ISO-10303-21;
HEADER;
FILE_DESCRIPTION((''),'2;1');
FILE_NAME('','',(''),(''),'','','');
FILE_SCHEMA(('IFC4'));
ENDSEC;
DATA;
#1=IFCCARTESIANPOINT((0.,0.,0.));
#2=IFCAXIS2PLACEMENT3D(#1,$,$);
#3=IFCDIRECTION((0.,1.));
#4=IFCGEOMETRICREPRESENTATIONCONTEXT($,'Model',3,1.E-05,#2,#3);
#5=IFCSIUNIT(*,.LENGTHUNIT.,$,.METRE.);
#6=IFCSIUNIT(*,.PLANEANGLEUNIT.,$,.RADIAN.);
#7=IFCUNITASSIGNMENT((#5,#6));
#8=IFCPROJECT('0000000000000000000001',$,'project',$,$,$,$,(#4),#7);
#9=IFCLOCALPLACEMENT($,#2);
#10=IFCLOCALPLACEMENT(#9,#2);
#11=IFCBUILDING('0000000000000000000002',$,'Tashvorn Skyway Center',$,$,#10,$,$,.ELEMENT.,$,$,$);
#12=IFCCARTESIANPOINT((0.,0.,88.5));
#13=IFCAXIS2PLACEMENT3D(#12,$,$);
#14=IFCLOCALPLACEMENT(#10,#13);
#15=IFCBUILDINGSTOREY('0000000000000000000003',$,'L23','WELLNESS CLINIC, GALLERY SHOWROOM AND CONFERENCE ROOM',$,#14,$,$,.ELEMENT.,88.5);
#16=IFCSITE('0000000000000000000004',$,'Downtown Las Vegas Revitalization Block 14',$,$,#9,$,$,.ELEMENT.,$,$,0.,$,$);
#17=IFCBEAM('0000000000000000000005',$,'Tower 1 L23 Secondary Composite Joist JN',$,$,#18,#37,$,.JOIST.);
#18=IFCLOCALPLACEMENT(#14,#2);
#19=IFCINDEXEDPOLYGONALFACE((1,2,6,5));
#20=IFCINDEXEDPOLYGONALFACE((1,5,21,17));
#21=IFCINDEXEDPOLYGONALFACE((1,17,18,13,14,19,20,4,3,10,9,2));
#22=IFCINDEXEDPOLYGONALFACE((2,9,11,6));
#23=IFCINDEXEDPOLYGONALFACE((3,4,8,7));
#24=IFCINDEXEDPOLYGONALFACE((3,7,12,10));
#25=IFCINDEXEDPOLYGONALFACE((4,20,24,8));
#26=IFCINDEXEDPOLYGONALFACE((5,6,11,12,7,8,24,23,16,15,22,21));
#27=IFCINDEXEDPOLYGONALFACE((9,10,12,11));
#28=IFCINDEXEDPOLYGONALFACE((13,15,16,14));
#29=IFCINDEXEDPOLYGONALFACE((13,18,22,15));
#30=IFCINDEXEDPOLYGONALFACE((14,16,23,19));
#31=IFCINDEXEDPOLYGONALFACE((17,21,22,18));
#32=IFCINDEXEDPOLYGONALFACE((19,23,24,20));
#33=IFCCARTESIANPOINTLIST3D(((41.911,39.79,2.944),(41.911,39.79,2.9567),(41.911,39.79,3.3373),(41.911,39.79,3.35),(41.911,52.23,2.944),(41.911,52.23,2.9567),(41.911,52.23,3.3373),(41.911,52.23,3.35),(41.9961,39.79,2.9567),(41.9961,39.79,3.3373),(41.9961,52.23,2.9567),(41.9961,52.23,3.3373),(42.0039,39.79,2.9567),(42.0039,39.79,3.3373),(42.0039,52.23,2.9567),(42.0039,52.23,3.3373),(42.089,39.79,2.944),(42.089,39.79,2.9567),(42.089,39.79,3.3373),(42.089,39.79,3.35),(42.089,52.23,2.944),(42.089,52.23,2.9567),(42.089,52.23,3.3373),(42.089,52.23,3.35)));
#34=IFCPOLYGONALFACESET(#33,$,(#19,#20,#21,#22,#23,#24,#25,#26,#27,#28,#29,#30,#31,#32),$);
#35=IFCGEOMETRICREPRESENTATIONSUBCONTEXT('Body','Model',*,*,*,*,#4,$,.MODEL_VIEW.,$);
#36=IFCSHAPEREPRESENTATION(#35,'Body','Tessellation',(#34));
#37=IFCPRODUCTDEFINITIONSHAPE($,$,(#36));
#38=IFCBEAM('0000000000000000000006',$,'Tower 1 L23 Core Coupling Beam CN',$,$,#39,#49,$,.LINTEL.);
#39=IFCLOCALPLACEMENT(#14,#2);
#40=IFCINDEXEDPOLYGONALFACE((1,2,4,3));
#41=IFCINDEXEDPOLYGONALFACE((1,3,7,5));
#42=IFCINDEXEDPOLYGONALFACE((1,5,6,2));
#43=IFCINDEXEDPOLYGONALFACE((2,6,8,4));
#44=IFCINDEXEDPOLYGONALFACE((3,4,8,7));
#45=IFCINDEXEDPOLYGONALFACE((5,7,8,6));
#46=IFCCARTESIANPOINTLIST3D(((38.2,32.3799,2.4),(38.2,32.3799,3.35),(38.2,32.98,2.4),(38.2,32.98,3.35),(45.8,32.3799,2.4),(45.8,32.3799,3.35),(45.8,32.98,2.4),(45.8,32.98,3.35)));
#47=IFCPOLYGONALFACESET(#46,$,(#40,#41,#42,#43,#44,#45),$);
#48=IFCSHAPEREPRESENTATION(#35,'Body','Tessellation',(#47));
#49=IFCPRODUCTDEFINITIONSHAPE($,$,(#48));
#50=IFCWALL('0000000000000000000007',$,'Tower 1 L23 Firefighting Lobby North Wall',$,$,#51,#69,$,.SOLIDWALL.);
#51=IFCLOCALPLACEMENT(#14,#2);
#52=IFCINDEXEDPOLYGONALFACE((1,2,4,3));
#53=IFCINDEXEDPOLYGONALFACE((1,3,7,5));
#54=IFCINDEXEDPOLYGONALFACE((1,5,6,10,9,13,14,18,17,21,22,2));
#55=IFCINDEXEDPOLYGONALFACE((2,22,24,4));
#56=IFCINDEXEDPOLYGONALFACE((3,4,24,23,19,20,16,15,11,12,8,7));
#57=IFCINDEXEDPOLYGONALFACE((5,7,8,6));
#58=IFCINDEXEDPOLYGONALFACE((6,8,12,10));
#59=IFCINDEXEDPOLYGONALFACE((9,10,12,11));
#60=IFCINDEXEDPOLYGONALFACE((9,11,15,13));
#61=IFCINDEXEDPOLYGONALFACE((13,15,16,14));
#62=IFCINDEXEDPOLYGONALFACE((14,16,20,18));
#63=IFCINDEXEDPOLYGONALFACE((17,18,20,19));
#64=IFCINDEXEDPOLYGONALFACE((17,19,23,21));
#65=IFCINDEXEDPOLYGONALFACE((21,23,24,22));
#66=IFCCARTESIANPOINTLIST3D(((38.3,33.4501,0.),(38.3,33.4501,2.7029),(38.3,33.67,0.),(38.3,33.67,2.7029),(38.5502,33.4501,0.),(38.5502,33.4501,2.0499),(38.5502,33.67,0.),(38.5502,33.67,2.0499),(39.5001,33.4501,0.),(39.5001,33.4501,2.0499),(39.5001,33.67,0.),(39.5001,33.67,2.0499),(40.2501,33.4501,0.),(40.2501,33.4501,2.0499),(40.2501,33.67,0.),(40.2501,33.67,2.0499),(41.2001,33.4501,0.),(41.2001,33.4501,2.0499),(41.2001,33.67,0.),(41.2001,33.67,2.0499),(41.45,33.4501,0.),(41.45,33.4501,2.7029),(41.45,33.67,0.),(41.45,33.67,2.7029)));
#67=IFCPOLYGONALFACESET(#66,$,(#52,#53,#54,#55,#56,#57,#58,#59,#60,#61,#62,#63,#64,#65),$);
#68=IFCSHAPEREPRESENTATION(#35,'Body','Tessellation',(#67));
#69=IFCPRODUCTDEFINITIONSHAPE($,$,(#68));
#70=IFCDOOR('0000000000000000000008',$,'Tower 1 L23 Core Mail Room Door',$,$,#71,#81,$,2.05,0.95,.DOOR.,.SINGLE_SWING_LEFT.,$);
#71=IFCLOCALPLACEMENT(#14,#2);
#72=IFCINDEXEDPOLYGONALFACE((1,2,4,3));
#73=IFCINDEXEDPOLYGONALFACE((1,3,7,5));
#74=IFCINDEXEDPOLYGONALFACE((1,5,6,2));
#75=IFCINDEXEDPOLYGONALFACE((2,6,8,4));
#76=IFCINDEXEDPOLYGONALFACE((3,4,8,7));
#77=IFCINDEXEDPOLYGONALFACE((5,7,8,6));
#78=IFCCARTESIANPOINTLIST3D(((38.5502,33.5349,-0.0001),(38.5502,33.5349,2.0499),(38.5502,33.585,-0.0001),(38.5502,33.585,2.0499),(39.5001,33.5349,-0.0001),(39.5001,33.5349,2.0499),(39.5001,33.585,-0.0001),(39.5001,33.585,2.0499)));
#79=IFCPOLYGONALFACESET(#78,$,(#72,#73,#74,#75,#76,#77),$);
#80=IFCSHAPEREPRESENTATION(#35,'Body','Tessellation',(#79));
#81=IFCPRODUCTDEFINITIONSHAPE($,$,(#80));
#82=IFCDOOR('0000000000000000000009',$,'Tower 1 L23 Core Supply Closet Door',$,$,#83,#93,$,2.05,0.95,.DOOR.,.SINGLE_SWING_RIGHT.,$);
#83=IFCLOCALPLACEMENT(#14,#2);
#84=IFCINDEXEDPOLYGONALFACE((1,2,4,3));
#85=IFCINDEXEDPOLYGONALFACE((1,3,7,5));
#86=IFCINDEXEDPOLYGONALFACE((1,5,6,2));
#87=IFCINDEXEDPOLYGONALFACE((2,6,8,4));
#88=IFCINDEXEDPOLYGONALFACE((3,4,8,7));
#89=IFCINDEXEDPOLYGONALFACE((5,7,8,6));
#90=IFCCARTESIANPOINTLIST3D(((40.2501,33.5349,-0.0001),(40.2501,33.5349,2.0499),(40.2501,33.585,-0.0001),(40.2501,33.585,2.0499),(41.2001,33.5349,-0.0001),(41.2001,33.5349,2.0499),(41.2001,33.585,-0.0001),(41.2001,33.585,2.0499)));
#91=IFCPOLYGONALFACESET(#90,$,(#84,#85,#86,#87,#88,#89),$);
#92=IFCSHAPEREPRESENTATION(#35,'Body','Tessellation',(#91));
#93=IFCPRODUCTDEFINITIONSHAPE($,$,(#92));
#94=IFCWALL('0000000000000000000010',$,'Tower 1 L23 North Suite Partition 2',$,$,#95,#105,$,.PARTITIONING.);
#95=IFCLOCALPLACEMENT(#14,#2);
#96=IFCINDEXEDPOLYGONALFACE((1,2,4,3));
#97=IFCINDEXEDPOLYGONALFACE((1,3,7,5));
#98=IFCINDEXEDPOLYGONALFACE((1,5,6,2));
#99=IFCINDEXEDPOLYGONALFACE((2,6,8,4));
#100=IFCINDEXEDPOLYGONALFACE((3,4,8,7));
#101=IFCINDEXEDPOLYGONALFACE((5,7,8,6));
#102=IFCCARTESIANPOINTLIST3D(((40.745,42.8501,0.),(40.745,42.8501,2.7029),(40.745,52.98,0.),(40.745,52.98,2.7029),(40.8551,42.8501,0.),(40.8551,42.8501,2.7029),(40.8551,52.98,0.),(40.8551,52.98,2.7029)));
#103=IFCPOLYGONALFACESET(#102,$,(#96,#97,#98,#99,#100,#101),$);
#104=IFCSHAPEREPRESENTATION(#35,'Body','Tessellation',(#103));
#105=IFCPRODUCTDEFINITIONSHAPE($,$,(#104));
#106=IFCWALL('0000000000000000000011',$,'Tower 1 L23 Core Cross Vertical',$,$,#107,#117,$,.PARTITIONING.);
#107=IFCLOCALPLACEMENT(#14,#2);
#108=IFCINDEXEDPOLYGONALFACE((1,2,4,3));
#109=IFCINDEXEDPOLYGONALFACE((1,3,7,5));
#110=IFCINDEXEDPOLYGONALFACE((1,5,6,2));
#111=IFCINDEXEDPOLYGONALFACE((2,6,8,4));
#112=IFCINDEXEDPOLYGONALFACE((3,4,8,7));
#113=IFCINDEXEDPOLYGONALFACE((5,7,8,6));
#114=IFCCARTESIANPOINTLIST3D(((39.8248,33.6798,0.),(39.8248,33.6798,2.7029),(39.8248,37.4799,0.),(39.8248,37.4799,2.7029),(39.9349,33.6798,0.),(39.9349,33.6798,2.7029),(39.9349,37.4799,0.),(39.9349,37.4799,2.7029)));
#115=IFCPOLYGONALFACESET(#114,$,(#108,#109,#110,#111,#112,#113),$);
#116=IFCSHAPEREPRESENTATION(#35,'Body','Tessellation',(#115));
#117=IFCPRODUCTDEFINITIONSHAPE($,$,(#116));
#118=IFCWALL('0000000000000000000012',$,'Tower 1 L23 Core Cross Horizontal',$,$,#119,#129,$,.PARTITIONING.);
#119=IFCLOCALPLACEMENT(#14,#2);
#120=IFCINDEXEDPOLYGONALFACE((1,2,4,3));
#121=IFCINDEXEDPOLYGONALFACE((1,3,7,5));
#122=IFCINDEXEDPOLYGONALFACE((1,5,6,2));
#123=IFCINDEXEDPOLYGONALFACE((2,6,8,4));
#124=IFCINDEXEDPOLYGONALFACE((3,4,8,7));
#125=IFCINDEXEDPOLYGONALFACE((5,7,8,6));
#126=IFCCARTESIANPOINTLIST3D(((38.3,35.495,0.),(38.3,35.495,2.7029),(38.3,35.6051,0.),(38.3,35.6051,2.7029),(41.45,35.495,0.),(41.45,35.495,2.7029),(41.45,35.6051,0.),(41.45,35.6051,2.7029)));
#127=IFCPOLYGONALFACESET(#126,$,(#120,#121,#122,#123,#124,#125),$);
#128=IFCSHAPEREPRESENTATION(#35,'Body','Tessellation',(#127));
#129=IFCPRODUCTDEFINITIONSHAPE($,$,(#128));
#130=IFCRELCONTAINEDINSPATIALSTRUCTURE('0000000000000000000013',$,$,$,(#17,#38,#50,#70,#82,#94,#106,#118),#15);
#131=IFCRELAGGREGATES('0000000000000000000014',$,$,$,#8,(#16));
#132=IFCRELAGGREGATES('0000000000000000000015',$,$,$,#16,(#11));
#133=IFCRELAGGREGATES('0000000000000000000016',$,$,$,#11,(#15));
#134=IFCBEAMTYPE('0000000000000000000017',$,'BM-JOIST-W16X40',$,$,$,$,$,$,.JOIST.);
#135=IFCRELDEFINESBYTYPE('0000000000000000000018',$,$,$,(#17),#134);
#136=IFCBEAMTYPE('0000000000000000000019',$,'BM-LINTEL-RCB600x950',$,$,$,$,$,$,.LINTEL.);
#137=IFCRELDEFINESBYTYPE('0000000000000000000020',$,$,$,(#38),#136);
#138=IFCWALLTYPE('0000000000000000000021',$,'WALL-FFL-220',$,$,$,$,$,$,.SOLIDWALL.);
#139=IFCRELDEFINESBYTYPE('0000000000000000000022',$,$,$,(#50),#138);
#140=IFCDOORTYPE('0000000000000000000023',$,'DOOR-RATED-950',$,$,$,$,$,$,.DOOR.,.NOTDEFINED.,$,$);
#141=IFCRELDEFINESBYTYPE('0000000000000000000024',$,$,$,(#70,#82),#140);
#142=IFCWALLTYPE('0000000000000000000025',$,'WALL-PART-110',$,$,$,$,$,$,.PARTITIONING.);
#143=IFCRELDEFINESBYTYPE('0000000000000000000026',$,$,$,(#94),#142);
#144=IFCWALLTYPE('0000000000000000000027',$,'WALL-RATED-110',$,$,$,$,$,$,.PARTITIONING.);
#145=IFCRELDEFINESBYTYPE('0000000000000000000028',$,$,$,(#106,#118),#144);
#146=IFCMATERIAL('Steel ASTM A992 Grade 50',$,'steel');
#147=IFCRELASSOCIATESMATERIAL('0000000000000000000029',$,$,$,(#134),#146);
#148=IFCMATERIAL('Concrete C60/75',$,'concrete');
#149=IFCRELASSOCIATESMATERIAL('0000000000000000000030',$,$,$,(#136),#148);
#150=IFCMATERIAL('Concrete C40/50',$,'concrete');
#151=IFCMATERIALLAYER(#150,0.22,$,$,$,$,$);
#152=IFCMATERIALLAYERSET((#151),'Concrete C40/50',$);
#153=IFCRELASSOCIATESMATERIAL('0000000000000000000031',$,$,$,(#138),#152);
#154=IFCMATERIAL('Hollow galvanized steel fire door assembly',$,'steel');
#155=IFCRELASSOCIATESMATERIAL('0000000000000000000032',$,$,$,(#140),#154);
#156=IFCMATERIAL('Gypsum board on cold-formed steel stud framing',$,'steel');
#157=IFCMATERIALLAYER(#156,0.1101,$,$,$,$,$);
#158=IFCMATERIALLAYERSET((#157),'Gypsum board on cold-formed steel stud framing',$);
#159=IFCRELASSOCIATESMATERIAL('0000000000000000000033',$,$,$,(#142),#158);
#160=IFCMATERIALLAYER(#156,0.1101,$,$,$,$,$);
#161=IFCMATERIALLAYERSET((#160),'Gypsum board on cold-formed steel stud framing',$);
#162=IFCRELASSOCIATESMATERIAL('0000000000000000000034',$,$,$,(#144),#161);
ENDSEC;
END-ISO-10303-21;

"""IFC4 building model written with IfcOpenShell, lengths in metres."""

from ifc_helpers import new_model, si_unit, direction, frame, frame_2d, origin, origin_2d, place, context, subcontext, project, spatial, rectangle, i_section, extrude, material, layer, layer_set, material_profile, profile_set, type_object, element, fill, save


model = new_model("IFC4")

# Units and contexts
model_context = context("Model", 3, precision=1e-05, world=origin(), true_north=direction((0.0, 1.0)))
body_context = subcontext(model_context, "Body", "Model", "MODEL_VIEW")
ifc_project = project(units=[si_unit("LENGTHUNIT", "METRE"), si_unit("PLANEANGLEUNIT", "RADIAN")], contexts=[model_context])

# Site, building, storey
site_placement = place(None, origin())
site = spatial("IfcSite", under=ifc_project, at=site_placement, Name="Downtown Las Vegas Revitalization Block 14", CompositionType="ELEMENT", RefElevation=0.0)
building_placement = place(site_placement, origin())
building = spatial("IfcBuilding", under=site, at=building_placement, Name="Tashvorn Skyway Center", CompositionType="ELEMENT")
storey_placement = place(building_placement, frame((0.0, 0.0, 88.5)))
storey = spatial("IfcBuildingStorey", under=building, at=storey_placement, Name="L23", Description="WELLNESS CLINIC, GALLERY SHOWROOM AND CONFERENCE ROOM", CompositionType="ELEMENT", Elevation=88.5)

# Beams
ifc_material_1 = material(Name="Steel ASTM A992 Grade 50", Category="steel")
ifc_material_profile_1 = material_profile(ifc_material_1, i_section(OverallWidth=0.178, OverallDepth=0.406, WebThickness=0.0078, FlangeThickness=0.0127, at=origin_2d()), Name="W16X40")
ifc_profile_set_1 = profile_set([ifc_material_profile_1], Name="Steel ASTM A992 Grade 50")
beam_type_1 = type_object("IfcBeamType", Name="BM-JOIST-W16X40", PredefinedType="JOIST", material=ifc_profile_set_1)
beam_1_placement = place(storey_placement, frame((42.0, 39.79, 3.147), z_axis=(0.0, 1.0, 0.0), x_axis=(-1.0, 0.0, 0.0)))
element("IfcBeam", 1, at=beam_1_placement, inside=storey, type_object=beam_type_1, Name="Tower 1 L23 Secondary Composite Joist JN", PredefinedType="JOIST", context=body_context, shape_type="SweptSolid", body=[
    extrude(i_section(OverallWidth=0.178, OverallDepth=0.406, WebThickness=0.0078, FlangeThickness=0.0127, at=origin_2d()), origin(), (0.0, 0.0, 1.0), 12.4399),
])
ifc_material_2 = material(Name="Concrete C60/75", Category="concrete")
ifc_material_profile_2 = material_profile(ifc_material_2, rectangle(XDim=0.6001, YDim=0.95, at=origin_2d()), Name="RCB600x950")
ifc_profile_set_2 = profile_set([ifc_material_profile_2], Name="Concrete C60/75")
beam_type_2 = type_object("IfcBeamType", Name="BM-LINTEL-RCB600x950", PredefinedType="LINTEL", material=ifc_profile_set_2)
beam_2_placement = place(storey_placement, frame((38.2, 32.6799, 2.875), z_axis=(1.0, 0.0, 0.0), x_axis=(0.0, 1.0, 0.0)))
element("IfcBeam", 2, at=beam_2_placement, inside=storey, type_object=beam_type_2, Name="Tower 1 L23 Core Coupling Beam CN", PredefinedType="LINTEL", context=body_context, shape_type="SweptSolid", body=[
    extrude(rectangle(XDim=0.6001, YDim=0.95, at=origin_2d()), origin(), (0.0, 0.0, 1.0), 7.6001),
])

# Wall, openings, doors
ifc_material_3 = material(Name="Concrete C40/50", Category="concrete")
ifc_layer_1 = layer(ifc_material_3, 0.22)
ifc_layer_set_1 = layer_set([ifc_layer_1], Name="Concrete C40/50")
wall_type_1 = type_object("IfcWallType", Name="WALL-FFL-220", PredefinedType="SOLIDWALL", material=ifc_layer_set_1)
wall_1_placement = place(storey_placement, frame((38.3, 33.5601, 0.0), z_axis=(0.0, 0.0, 1.0), x_axis=(1.0, 0.0, 0.0)))
wall_1 = element("IfcWall", 3, at=wall_1_placement, inside=storey, type_object=wall_type_1, Name="Tower 1 L23 Firefighting Lobby North Wall", PredefinedType="SOLIDWALL", context=body_context, shape_type="SweptSolid", body=[
    extrude(rectangle(XDim=3.1499, YDim=0.22, at=frame_2d((1.575, 0.0))), origin(), (0.0, 0.0, 1.0), 2.7029),
])
opening_1_placement = place(wall_1_placement, frame((0.25, 0.0, 0.0)))
opening_1 = element("IfcOpeningElement", 4, at=opening_1_placement, cuts=wall_1, PredefinedType="OPENING", context=body_context, shape_type="SweptSolid", body=[
    extrude(rectangle(XDim=0.95, YDim=2.05, at=frame_2d((0.4751, 1.0249))), frame((0.0, 0.1199, 0.0), z_axis=(0.0, -1.0, 0.0), x_axis=(1.0, 0.0, 0.0)), (0.0, 0.0, 1.0), 0.24),
])
opening_2_placement = place(wall_1_placement, frame((1.95, 0.0, 0.0)))
opening_2 = element("IfcOpeningElement", 5, at=opening_2_placement, cuts=wall_1, PredefinedType="OPENING", context=body_context, shape_type="SweptSolid", body=[
    extrude(rectangle(XDim=0.95, YDim=2.05, at=frame_2d((0.4751, 1.0249))), frame((0.0, 0.1199, 0.0), z_axis=(0.0, -1.0, 0.0), x_axis=(1.0, 0.0, 0.0)), (0.0, 0.0, 1.0), 0.24),
])
ifc_material_4 = material(Name="Hollow galvanized steel fire door assembly", Category="steel")
door_type = type_object("IfcDoorType", Name="DOOR-RATED-950", OperationType="NOTDEFINED", PredefinedType="DOOR", material=ifc_material_4)
door_1_placement = place(opening_1_placement, origin())
door_1 = element("IfcDoor", 6, at=door_1_placement, inside=storey, type_object=door_type, Name="Tower 1 L23 Core Mail Room Door", OperationType="SINGLE_SWING_LEFT", OverallHeight=2.05, OverallWidth=0.95, PredefinedType="DOOR", context=body_context, shape_type="SweptSolid", body=[
    extrude(rectangle(XDim=0.95, YDim=2.05, at=frame_2d((0.4751, 1.0249))), frame((0.0, 0.0249, 0.0), z_axis=(0.0, -1.0, 0.0), x_axis=(1.0, 0.0, 0.0)), (0.0, 0.0, 1.0), 0.05),
])
fill(opening_1, door_1)
door_2_placement = place(opening_2_placement, origin())
door_2 = element("IfcDoor", 7, at=door_2_placement, inside=storey, type_object=door_type, Name="Tower 1 L23 Core Supply Closet Door", OperationType="SINGLE_SWING_RIGHT", OverallHeight=2.05, OverallWidth=0.95, PredefinedType="DOOR", context=body_context, shape_type="SweptSolid", body=[
    extrude(rectangle(XDim=0.95, YDim=2.05, at=frame_2d((0.4751, 1.0249))), frame((0.0, 0.0249, 0.0), z_axis=(0.0, -1.0, 0.0), x_axis=(1.0, 0.0, 0.0)), (0.0, 0.0, 1.0), 0.05),
])
fill(opening_2, door_2)

# Walls
ifc_material_5 = material(Name="Gypsum board on cold-formed steel stud framing", Category="steel")
ifc_layer_2 = layer(ifc_material_5, 0.1101)
ifc_layer_set_2 = layer_set([ifc_layer_2], Name="Gypsum board on cold-formed steel stud framing")
wall_type_2 = type_object("IfcWallType", Name="WALL-PART-110", PredefinedType="PARTITIONING", material=ifc_layer_set_2)
wall_2_placement = place(storey_placement, frame((40.8, 42.8501, 0.0), z_axis=(0.0, 0.0, 1.0), x_axis=(0.0, 1.0, 0.0)))
element("IfcWall", 8, at=wall_2_placement, inside=storey, type_object=wall_type_2, Name="Tower 1 L23 North Suite Partition 2", PredefinedType="PARTITIONING", context=body_context, shape_type="SweptSolid", body=[
    extrude(rectangle(XDim=10.1299, YDim=0.1101, at=frame_2d((5.0649, 0.0))), origin(), (0.0, 0.0, 1.0), 2.7029),
])
ifc_layer_3 = layer(ifc_material_5, 0.1101)
ifc_layer_set_3 = layer_set([ifc_layer_3], Name="Gypsum board on cold-formed steel stud framing")
wall_type_3 = type_object("IfcWallType", Name="WALL-RATED-110", PredefinedType="PARTITIONING", material=ifc_layer_set_3)
wall_3_placement = place(storey_placement, frame((39.8799, 33.6799, 0.0), z_axis=(0.0, 0.0, 1.0), x_axis=(0.0, 1.0, 0.0)))
element("IfcWall", 9, at=wall_3_placement, inside=storey, type_object=wall_type_3, Name="Tower 1 L23 Core Cross Vertical", PredefinedType="PARTITIONING", context=body_context, shape_type="SweptSolid", body=[
    extrude(rectangle(XDim=3.8, YDim=0.1101, at=frame_2d((1.8999, 0.0))), origin(), (0.0, 0.0, 1.0), 2.7029),
])
wall_4_placement = place(storey_placement, frame((38.3, 35.55, 0.0), z_axis=(0.0, 0.0, 1.0), x_axis=(1.0, 0.0, 0.0)))
element("IfcWall", 10, at=wall_4_placement, inside=storey, type_object=wall_type_3, Name="Tower 1 L23 Core Cross Horizontal", PredefinedType="PARTITIONING", context=body_context, shape_type="SweptSolid", body=[
    extrude(rectangle(XDim=3.1499, YDim=0.1101, at=frame_2d((1.575, 0.0))), origin(), (0.0, 0.0, 1.0), 2.7029),
])

save(model, "model.ifc")
